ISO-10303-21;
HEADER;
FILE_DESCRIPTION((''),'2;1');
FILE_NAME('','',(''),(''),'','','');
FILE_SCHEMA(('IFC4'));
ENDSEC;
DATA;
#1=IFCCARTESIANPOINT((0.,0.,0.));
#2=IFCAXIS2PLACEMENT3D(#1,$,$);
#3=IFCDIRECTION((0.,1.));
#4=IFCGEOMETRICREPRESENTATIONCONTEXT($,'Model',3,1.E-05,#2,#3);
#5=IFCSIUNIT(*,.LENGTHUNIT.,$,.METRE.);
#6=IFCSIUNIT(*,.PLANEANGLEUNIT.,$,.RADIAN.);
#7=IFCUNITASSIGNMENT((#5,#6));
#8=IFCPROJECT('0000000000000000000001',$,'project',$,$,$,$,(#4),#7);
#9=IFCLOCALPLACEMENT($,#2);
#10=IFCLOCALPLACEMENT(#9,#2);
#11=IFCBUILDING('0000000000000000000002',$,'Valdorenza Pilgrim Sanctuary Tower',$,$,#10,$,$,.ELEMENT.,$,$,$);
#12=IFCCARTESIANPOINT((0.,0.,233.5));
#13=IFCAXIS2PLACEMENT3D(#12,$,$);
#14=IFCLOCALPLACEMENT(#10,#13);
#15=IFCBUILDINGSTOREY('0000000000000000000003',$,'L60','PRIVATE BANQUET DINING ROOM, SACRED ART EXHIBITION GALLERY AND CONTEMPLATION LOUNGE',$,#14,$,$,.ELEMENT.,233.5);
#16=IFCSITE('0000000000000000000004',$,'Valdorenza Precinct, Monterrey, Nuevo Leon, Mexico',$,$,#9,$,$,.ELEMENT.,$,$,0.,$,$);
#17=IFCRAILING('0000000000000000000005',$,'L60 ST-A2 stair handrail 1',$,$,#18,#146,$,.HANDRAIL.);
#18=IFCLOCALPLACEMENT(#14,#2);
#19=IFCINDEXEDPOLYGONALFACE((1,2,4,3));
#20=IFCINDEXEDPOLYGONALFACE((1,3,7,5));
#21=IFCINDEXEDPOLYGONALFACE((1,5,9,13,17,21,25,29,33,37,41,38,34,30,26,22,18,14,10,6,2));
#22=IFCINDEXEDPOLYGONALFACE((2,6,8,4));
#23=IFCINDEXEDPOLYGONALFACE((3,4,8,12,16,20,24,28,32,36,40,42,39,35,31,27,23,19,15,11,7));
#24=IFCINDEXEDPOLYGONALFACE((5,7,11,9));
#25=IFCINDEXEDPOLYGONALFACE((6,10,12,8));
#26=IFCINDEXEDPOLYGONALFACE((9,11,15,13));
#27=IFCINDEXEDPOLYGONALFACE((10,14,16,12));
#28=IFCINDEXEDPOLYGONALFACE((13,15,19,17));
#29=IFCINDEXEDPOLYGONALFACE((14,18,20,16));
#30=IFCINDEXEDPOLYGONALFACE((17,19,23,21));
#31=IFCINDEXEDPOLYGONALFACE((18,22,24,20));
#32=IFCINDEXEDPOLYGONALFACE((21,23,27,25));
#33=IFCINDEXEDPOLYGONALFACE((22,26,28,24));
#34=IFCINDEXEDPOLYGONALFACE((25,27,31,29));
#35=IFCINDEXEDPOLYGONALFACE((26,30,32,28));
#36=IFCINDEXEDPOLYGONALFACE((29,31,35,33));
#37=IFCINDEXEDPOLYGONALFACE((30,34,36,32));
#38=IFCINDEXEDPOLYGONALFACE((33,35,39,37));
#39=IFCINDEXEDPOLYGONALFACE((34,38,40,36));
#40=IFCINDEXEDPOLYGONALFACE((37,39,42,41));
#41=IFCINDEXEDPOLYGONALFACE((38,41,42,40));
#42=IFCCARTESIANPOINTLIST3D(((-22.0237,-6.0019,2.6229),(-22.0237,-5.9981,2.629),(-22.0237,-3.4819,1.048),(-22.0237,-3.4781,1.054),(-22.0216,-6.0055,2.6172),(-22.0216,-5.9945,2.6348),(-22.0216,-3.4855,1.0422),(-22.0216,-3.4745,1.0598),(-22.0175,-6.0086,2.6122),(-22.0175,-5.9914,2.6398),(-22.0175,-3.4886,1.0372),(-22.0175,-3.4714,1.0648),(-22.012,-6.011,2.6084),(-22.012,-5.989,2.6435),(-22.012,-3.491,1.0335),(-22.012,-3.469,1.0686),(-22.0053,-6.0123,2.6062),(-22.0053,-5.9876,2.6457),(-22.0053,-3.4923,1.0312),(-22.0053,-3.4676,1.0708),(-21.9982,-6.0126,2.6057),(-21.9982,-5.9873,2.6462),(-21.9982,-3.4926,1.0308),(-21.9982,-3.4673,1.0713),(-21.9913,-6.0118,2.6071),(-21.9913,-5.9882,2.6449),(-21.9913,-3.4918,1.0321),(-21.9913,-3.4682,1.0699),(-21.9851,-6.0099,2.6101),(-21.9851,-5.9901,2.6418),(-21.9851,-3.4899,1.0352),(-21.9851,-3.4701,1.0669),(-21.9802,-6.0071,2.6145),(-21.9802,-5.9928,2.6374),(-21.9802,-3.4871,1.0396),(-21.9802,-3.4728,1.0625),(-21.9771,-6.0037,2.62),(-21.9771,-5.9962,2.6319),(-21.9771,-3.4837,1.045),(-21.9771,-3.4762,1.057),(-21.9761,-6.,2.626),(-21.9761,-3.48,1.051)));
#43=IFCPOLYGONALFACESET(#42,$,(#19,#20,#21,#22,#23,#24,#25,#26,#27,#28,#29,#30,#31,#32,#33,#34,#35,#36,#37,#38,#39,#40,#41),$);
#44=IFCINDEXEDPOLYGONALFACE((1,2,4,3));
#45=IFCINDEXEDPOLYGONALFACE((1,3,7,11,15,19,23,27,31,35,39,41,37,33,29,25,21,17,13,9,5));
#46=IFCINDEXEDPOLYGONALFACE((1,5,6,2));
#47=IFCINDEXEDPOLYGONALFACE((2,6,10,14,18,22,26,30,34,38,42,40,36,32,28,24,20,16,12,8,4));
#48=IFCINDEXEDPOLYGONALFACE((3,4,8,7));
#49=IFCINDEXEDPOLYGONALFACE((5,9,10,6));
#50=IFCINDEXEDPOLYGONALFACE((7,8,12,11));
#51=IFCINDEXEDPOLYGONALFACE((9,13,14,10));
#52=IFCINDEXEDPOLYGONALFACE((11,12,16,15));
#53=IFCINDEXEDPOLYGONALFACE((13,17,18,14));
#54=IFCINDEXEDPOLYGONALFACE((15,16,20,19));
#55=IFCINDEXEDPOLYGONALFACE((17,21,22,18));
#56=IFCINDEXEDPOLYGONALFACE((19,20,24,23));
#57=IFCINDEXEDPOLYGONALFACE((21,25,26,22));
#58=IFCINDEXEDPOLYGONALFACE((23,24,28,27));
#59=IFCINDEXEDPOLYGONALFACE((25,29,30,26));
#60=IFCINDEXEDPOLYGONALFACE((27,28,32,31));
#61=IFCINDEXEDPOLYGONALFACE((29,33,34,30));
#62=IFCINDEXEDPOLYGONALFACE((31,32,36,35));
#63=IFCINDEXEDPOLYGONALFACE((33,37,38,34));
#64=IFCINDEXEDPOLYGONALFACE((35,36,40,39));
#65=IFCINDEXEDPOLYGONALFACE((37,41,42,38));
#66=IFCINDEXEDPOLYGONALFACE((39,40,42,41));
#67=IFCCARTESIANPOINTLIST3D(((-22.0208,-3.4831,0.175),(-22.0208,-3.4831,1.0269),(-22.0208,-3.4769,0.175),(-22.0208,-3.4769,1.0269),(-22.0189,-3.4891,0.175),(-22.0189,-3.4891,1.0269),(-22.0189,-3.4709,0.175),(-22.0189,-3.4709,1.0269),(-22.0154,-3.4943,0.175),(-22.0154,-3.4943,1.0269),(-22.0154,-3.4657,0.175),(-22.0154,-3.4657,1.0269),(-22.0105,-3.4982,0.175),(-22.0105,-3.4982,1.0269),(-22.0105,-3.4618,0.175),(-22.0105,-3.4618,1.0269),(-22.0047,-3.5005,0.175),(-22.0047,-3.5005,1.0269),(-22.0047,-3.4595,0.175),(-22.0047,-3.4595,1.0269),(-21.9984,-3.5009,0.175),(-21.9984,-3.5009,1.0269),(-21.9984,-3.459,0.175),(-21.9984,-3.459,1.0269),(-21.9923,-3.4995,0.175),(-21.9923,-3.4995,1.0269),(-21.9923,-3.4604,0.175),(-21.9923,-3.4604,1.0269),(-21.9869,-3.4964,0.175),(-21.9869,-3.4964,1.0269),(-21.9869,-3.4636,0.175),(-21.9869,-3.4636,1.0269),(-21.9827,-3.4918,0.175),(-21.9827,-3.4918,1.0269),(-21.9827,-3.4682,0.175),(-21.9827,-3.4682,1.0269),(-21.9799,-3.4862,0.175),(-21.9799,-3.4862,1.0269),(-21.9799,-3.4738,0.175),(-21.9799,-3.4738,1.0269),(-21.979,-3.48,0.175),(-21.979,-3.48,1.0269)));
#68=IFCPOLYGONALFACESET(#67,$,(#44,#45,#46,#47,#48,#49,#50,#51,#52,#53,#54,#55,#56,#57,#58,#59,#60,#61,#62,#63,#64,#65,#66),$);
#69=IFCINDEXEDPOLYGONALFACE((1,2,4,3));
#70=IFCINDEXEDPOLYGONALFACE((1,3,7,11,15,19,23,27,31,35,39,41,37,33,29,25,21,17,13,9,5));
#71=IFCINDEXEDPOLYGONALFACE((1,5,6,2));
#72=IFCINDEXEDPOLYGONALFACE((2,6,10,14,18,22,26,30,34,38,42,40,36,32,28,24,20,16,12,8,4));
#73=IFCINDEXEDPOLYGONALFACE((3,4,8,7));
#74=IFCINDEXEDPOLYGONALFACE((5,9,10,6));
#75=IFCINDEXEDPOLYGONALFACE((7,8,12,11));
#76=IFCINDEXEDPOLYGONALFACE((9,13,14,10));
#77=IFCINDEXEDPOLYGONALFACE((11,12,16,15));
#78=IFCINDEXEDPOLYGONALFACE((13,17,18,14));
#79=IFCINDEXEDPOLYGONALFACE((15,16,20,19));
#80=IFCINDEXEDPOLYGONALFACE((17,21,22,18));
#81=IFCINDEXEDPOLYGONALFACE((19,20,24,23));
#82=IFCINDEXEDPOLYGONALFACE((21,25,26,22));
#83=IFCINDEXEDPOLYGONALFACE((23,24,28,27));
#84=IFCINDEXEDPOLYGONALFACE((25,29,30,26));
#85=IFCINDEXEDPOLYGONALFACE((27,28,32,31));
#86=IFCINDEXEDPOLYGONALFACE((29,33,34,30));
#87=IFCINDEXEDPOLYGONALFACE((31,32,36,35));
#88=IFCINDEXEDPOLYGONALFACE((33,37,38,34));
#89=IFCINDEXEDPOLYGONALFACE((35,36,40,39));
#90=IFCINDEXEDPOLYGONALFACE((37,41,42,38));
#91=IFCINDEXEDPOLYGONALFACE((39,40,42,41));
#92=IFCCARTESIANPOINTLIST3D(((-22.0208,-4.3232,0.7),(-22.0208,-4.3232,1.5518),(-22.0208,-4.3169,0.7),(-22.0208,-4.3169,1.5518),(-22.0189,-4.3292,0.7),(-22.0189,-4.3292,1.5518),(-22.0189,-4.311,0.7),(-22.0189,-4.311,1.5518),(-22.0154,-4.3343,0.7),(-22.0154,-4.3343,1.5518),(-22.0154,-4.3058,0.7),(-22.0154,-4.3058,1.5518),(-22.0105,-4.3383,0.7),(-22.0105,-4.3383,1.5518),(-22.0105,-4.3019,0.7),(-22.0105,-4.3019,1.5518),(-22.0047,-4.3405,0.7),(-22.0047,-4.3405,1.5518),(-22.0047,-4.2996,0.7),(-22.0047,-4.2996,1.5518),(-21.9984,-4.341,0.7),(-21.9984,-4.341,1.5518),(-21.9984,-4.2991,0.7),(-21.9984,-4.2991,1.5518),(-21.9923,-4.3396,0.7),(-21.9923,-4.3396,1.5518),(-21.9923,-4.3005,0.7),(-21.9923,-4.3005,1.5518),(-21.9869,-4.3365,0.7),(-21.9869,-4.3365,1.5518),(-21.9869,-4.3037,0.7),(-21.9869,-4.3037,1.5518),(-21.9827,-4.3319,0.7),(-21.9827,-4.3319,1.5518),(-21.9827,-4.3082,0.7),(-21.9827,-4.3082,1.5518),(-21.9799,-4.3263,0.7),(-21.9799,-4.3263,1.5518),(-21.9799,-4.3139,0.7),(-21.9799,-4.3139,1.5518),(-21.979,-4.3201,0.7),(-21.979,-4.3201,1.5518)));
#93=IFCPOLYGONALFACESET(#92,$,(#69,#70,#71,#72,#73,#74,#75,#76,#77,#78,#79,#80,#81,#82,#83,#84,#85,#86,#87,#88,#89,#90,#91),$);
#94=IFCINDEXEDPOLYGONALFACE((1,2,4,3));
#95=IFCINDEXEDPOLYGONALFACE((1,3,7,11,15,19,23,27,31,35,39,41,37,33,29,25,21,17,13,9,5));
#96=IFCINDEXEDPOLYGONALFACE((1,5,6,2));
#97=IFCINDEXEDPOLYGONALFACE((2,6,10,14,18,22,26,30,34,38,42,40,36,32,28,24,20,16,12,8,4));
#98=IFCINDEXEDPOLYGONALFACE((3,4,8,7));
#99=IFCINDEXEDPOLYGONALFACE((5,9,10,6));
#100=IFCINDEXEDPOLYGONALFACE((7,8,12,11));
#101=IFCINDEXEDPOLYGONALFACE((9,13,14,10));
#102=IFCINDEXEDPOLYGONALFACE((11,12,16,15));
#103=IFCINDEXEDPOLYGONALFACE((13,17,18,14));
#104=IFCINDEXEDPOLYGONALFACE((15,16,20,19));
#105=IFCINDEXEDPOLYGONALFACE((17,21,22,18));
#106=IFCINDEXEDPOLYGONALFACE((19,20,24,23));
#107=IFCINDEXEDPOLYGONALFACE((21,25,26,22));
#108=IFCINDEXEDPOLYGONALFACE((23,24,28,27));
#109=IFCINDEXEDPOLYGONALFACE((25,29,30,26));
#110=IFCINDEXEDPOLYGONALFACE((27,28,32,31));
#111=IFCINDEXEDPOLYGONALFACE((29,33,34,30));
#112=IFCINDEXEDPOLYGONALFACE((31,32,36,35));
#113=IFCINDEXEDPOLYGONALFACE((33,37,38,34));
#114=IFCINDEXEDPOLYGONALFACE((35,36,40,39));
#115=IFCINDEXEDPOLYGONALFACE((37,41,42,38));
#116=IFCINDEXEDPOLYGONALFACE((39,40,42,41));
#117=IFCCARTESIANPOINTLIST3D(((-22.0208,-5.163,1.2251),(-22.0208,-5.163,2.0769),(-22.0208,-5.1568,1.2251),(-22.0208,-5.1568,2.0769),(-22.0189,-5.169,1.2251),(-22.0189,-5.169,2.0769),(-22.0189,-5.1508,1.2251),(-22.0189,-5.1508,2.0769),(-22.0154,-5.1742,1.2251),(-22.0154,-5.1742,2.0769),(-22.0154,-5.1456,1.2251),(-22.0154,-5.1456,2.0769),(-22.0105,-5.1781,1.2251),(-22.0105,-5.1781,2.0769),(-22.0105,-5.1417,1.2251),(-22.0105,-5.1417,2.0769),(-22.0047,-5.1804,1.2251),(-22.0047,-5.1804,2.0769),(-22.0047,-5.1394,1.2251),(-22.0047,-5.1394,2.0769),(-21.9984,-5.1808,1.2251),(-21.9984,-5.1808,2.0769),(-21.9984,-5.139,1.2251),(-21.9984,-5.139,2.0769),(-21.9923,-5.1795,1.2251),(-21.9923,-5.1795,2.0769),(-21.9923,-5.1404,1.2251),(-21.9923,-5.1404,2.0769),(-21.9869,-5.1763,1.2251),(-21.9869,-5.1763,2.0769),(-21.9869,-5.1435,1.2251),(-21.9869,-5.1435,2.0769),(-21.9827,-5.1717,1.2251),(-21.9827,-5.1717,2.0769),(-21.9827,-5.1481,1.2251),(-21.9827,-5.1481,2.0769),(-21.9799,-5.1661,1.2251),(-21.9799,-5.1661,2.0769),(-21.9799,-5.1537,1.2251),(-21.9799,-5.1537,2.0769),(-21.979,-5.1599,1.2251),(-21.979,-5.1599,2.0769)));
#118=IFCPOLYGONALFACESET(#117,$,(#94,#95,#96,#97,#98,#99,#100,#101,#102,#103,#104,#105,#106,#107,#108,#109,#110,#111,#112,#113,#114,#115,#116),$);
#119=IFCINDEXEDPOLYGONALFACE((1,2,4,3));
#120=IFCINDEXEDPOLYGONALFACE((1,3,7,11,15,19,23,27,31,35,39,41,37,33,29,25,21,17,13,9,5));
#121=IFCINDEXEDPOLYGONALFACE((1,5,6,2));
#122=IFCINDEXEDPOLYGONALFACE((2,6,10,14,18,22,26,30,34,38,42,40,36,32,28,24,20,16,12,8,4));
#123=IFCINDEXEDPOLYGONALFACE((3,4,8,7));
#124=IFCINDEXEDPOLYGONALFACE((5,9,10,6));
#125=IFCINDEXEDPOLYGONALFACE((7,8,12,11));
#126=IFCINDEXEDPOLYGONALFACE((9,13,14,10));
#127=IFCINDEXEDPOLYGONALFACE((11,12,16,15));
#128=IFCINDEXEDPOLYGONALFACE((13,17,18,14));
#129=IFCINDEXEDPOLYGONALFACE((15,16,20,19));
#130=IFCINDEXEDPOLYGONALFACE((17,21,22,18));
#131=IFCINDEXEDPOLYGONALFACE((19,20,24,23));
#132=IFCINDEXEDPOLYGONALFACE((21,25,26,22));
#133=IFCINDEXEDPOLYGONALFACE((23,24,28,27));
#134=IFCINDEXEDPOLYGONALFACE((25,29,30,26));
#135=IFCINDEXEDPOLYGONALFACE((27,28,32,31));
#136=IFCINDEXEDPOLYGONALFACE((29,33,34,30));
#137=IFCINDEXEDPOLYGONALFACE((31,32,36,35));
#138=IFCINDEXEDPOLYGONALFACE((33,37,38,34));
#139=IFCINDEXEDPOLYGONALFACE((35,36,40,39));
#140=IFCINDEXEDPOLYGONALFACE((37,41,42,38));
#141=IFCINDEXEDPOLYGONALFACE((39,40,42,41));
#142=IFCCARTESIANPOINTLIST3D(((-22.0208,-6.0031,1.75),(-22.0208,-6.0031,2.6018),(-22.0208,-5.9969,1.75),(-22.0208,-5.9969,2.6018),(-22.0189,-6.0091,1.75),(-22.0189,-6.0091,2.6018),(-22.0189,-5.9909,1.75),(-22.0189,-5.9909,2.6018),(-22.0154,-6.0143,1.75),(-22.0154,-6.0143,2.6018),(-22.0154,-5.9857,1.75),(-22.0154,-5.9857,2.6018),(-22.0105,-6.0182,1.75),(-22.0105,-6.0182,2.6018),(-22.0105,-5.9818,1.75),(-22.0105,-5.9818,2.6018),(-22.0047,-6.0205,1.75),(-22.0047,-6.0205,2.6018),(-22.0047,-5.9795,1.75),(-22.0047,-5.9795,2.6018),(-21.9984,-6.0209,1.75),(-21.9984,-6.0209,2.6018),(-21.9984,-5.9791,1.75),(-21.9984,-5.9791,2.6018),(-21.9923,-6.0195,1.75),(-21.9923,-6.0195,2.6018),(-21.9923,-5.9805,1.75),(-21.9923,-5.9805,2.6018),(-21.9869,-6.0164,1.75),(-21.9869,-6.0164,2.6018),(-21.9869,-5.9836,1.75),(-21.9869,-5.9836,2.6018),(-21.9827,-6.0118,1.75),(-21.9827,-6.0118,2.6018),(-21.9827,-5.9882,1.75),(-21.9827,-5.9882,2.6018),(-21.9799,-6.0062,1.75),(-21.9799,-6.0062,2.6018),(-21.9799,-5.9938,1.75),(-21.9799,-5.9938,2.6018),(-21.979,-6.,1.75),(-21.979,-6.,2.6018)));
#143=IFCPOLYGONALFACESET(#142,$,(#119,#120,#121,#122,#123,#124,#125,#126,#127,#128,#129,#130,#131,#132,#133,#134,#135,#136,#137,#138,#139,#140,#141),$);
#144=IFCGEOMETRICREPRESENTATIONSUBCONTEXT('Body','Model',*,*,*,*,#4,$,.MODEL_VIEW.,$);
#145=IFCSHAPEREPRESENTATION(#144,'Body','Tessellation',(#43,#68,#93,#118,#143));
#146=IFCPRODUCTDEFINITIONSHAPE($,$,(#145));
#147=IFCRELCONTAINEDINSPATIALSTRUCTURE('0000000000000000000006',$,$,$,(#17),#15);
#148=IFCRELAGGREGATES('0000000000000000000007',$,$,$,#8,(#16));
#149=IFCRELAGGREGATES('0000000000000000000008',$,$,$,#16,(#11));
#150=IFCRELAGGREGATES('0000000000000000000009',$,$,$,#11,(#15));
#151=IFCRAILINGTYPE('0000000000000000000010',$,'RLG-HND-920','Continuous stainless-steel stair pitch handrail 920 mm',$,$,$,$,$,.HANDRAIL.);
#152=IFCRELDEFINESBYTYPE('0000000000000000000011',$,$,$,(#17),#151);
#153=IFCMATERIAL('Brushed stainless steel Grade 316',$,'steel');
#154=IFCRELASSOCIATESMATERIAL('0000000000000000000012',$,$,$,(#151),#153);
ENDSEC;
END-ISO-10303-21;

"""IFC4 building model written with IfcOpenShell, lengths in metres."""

from ifc_helpers import new_model, si_unit, direction, frame, origin, origin_2d, place, context, subcontext, project, spatial, circle, extrude, material, type_object, element, save


model = new_model("IFC4")

# Units and contexts
model_context = context("Model", 3, precision=1e-05, world=origin(), true_north=direction((0.0, 1.0)))
body_context = subcontext(model_context, "Body", "Model", "MODEL_VIEW")
ifc_project = project(units=[si_unit("LENGTHUNIT", "METRE"), si_unit("PLANEANGLEUNIT", "RADIAN")], contexts=[model_context])

# Site, building, storey
site_placement = place(None, origin())
site = spatial("IfcSite", under=ifc_project, at=site_placement, Name="Valdorenza Precinct, Monterrey, Nuevo Leon, Mexico", CompositionType="ELEMENT", RefElevation=0.0)
building_placement = place(site_placement, origin())
building = spatial("IfcBuilding", under=site, at=building_placement, Name="Valdorenza Pilgrim Sanctuary Tower", CompositionType="ELEMENT")
storey_placement = place(building_placement, frame((0.0, 0.0, 233.5)))
storey = spatial("IfcBuildingStorey", under=building, at=storey_placement, Name="L60", Description="PRIVATE BANQUET DINING ROOM, SACRED ART EXHIBITION GALLERY AND CONTEMPLATION LOUNGE", CompositionType="ELEMENT", Elevation=233.5)

# Shared definitions
ifc_material_1 = material(Name="Brushed stainless steel Grade 316", Category="steel")

# Railing
railing_type_1 = type_object("IfcRailingType", Name="RLG-HND-920", Description="Continuous stainless-steel stair pitch handrail 920 mm", PredefinedType="HANDRAIL", material=ifc_material_1)
railing_1_placement = place(storey_placement, frame((-22.0, -3.48, 0.175)))
element("IfcRailing", 1, at=railing_1_placement, inside=storey, type_object=railing_type_1, Name="L60 ST-A2 stair handrail 1", PredefinedType="HANDRAIL", context=body_context, shape_type="SweptSolid", body=[
    extrude(circle(Radius=0.0239, at=origin_2d()), frame((0.0, 0.0, 0.876), z_axis=(0.0, -0.848008, 0.529984), x_axis=(1.0, 0.0, 0.0)), (0.0, 0.0, 1.0), 2.9717),
    extrude(circle(Radius=0.021, at=origin_2d()), origin(), (0.0, 0.0, 1.0), 0.8518),
    extrude(circle(Radius=0.021, at=origin_2d()), frame((0.0, -0.8401, 0.5249)), (0.0, 0.0, 1.0), 0.8518),
    extrude(circle(Radius=0.021, at=origin_2d()), frame((0.0, -1.6799, 1.05)), (0.0, 0.0, 1.0), 0.8518),
    extrude(circle(Radius=0.021, at=origin_2d()), frame((0.0, -2.52, 1.575)), (0.0, 0.0, 1.0), 0.8518),
])

save(model, "model.ifc")
